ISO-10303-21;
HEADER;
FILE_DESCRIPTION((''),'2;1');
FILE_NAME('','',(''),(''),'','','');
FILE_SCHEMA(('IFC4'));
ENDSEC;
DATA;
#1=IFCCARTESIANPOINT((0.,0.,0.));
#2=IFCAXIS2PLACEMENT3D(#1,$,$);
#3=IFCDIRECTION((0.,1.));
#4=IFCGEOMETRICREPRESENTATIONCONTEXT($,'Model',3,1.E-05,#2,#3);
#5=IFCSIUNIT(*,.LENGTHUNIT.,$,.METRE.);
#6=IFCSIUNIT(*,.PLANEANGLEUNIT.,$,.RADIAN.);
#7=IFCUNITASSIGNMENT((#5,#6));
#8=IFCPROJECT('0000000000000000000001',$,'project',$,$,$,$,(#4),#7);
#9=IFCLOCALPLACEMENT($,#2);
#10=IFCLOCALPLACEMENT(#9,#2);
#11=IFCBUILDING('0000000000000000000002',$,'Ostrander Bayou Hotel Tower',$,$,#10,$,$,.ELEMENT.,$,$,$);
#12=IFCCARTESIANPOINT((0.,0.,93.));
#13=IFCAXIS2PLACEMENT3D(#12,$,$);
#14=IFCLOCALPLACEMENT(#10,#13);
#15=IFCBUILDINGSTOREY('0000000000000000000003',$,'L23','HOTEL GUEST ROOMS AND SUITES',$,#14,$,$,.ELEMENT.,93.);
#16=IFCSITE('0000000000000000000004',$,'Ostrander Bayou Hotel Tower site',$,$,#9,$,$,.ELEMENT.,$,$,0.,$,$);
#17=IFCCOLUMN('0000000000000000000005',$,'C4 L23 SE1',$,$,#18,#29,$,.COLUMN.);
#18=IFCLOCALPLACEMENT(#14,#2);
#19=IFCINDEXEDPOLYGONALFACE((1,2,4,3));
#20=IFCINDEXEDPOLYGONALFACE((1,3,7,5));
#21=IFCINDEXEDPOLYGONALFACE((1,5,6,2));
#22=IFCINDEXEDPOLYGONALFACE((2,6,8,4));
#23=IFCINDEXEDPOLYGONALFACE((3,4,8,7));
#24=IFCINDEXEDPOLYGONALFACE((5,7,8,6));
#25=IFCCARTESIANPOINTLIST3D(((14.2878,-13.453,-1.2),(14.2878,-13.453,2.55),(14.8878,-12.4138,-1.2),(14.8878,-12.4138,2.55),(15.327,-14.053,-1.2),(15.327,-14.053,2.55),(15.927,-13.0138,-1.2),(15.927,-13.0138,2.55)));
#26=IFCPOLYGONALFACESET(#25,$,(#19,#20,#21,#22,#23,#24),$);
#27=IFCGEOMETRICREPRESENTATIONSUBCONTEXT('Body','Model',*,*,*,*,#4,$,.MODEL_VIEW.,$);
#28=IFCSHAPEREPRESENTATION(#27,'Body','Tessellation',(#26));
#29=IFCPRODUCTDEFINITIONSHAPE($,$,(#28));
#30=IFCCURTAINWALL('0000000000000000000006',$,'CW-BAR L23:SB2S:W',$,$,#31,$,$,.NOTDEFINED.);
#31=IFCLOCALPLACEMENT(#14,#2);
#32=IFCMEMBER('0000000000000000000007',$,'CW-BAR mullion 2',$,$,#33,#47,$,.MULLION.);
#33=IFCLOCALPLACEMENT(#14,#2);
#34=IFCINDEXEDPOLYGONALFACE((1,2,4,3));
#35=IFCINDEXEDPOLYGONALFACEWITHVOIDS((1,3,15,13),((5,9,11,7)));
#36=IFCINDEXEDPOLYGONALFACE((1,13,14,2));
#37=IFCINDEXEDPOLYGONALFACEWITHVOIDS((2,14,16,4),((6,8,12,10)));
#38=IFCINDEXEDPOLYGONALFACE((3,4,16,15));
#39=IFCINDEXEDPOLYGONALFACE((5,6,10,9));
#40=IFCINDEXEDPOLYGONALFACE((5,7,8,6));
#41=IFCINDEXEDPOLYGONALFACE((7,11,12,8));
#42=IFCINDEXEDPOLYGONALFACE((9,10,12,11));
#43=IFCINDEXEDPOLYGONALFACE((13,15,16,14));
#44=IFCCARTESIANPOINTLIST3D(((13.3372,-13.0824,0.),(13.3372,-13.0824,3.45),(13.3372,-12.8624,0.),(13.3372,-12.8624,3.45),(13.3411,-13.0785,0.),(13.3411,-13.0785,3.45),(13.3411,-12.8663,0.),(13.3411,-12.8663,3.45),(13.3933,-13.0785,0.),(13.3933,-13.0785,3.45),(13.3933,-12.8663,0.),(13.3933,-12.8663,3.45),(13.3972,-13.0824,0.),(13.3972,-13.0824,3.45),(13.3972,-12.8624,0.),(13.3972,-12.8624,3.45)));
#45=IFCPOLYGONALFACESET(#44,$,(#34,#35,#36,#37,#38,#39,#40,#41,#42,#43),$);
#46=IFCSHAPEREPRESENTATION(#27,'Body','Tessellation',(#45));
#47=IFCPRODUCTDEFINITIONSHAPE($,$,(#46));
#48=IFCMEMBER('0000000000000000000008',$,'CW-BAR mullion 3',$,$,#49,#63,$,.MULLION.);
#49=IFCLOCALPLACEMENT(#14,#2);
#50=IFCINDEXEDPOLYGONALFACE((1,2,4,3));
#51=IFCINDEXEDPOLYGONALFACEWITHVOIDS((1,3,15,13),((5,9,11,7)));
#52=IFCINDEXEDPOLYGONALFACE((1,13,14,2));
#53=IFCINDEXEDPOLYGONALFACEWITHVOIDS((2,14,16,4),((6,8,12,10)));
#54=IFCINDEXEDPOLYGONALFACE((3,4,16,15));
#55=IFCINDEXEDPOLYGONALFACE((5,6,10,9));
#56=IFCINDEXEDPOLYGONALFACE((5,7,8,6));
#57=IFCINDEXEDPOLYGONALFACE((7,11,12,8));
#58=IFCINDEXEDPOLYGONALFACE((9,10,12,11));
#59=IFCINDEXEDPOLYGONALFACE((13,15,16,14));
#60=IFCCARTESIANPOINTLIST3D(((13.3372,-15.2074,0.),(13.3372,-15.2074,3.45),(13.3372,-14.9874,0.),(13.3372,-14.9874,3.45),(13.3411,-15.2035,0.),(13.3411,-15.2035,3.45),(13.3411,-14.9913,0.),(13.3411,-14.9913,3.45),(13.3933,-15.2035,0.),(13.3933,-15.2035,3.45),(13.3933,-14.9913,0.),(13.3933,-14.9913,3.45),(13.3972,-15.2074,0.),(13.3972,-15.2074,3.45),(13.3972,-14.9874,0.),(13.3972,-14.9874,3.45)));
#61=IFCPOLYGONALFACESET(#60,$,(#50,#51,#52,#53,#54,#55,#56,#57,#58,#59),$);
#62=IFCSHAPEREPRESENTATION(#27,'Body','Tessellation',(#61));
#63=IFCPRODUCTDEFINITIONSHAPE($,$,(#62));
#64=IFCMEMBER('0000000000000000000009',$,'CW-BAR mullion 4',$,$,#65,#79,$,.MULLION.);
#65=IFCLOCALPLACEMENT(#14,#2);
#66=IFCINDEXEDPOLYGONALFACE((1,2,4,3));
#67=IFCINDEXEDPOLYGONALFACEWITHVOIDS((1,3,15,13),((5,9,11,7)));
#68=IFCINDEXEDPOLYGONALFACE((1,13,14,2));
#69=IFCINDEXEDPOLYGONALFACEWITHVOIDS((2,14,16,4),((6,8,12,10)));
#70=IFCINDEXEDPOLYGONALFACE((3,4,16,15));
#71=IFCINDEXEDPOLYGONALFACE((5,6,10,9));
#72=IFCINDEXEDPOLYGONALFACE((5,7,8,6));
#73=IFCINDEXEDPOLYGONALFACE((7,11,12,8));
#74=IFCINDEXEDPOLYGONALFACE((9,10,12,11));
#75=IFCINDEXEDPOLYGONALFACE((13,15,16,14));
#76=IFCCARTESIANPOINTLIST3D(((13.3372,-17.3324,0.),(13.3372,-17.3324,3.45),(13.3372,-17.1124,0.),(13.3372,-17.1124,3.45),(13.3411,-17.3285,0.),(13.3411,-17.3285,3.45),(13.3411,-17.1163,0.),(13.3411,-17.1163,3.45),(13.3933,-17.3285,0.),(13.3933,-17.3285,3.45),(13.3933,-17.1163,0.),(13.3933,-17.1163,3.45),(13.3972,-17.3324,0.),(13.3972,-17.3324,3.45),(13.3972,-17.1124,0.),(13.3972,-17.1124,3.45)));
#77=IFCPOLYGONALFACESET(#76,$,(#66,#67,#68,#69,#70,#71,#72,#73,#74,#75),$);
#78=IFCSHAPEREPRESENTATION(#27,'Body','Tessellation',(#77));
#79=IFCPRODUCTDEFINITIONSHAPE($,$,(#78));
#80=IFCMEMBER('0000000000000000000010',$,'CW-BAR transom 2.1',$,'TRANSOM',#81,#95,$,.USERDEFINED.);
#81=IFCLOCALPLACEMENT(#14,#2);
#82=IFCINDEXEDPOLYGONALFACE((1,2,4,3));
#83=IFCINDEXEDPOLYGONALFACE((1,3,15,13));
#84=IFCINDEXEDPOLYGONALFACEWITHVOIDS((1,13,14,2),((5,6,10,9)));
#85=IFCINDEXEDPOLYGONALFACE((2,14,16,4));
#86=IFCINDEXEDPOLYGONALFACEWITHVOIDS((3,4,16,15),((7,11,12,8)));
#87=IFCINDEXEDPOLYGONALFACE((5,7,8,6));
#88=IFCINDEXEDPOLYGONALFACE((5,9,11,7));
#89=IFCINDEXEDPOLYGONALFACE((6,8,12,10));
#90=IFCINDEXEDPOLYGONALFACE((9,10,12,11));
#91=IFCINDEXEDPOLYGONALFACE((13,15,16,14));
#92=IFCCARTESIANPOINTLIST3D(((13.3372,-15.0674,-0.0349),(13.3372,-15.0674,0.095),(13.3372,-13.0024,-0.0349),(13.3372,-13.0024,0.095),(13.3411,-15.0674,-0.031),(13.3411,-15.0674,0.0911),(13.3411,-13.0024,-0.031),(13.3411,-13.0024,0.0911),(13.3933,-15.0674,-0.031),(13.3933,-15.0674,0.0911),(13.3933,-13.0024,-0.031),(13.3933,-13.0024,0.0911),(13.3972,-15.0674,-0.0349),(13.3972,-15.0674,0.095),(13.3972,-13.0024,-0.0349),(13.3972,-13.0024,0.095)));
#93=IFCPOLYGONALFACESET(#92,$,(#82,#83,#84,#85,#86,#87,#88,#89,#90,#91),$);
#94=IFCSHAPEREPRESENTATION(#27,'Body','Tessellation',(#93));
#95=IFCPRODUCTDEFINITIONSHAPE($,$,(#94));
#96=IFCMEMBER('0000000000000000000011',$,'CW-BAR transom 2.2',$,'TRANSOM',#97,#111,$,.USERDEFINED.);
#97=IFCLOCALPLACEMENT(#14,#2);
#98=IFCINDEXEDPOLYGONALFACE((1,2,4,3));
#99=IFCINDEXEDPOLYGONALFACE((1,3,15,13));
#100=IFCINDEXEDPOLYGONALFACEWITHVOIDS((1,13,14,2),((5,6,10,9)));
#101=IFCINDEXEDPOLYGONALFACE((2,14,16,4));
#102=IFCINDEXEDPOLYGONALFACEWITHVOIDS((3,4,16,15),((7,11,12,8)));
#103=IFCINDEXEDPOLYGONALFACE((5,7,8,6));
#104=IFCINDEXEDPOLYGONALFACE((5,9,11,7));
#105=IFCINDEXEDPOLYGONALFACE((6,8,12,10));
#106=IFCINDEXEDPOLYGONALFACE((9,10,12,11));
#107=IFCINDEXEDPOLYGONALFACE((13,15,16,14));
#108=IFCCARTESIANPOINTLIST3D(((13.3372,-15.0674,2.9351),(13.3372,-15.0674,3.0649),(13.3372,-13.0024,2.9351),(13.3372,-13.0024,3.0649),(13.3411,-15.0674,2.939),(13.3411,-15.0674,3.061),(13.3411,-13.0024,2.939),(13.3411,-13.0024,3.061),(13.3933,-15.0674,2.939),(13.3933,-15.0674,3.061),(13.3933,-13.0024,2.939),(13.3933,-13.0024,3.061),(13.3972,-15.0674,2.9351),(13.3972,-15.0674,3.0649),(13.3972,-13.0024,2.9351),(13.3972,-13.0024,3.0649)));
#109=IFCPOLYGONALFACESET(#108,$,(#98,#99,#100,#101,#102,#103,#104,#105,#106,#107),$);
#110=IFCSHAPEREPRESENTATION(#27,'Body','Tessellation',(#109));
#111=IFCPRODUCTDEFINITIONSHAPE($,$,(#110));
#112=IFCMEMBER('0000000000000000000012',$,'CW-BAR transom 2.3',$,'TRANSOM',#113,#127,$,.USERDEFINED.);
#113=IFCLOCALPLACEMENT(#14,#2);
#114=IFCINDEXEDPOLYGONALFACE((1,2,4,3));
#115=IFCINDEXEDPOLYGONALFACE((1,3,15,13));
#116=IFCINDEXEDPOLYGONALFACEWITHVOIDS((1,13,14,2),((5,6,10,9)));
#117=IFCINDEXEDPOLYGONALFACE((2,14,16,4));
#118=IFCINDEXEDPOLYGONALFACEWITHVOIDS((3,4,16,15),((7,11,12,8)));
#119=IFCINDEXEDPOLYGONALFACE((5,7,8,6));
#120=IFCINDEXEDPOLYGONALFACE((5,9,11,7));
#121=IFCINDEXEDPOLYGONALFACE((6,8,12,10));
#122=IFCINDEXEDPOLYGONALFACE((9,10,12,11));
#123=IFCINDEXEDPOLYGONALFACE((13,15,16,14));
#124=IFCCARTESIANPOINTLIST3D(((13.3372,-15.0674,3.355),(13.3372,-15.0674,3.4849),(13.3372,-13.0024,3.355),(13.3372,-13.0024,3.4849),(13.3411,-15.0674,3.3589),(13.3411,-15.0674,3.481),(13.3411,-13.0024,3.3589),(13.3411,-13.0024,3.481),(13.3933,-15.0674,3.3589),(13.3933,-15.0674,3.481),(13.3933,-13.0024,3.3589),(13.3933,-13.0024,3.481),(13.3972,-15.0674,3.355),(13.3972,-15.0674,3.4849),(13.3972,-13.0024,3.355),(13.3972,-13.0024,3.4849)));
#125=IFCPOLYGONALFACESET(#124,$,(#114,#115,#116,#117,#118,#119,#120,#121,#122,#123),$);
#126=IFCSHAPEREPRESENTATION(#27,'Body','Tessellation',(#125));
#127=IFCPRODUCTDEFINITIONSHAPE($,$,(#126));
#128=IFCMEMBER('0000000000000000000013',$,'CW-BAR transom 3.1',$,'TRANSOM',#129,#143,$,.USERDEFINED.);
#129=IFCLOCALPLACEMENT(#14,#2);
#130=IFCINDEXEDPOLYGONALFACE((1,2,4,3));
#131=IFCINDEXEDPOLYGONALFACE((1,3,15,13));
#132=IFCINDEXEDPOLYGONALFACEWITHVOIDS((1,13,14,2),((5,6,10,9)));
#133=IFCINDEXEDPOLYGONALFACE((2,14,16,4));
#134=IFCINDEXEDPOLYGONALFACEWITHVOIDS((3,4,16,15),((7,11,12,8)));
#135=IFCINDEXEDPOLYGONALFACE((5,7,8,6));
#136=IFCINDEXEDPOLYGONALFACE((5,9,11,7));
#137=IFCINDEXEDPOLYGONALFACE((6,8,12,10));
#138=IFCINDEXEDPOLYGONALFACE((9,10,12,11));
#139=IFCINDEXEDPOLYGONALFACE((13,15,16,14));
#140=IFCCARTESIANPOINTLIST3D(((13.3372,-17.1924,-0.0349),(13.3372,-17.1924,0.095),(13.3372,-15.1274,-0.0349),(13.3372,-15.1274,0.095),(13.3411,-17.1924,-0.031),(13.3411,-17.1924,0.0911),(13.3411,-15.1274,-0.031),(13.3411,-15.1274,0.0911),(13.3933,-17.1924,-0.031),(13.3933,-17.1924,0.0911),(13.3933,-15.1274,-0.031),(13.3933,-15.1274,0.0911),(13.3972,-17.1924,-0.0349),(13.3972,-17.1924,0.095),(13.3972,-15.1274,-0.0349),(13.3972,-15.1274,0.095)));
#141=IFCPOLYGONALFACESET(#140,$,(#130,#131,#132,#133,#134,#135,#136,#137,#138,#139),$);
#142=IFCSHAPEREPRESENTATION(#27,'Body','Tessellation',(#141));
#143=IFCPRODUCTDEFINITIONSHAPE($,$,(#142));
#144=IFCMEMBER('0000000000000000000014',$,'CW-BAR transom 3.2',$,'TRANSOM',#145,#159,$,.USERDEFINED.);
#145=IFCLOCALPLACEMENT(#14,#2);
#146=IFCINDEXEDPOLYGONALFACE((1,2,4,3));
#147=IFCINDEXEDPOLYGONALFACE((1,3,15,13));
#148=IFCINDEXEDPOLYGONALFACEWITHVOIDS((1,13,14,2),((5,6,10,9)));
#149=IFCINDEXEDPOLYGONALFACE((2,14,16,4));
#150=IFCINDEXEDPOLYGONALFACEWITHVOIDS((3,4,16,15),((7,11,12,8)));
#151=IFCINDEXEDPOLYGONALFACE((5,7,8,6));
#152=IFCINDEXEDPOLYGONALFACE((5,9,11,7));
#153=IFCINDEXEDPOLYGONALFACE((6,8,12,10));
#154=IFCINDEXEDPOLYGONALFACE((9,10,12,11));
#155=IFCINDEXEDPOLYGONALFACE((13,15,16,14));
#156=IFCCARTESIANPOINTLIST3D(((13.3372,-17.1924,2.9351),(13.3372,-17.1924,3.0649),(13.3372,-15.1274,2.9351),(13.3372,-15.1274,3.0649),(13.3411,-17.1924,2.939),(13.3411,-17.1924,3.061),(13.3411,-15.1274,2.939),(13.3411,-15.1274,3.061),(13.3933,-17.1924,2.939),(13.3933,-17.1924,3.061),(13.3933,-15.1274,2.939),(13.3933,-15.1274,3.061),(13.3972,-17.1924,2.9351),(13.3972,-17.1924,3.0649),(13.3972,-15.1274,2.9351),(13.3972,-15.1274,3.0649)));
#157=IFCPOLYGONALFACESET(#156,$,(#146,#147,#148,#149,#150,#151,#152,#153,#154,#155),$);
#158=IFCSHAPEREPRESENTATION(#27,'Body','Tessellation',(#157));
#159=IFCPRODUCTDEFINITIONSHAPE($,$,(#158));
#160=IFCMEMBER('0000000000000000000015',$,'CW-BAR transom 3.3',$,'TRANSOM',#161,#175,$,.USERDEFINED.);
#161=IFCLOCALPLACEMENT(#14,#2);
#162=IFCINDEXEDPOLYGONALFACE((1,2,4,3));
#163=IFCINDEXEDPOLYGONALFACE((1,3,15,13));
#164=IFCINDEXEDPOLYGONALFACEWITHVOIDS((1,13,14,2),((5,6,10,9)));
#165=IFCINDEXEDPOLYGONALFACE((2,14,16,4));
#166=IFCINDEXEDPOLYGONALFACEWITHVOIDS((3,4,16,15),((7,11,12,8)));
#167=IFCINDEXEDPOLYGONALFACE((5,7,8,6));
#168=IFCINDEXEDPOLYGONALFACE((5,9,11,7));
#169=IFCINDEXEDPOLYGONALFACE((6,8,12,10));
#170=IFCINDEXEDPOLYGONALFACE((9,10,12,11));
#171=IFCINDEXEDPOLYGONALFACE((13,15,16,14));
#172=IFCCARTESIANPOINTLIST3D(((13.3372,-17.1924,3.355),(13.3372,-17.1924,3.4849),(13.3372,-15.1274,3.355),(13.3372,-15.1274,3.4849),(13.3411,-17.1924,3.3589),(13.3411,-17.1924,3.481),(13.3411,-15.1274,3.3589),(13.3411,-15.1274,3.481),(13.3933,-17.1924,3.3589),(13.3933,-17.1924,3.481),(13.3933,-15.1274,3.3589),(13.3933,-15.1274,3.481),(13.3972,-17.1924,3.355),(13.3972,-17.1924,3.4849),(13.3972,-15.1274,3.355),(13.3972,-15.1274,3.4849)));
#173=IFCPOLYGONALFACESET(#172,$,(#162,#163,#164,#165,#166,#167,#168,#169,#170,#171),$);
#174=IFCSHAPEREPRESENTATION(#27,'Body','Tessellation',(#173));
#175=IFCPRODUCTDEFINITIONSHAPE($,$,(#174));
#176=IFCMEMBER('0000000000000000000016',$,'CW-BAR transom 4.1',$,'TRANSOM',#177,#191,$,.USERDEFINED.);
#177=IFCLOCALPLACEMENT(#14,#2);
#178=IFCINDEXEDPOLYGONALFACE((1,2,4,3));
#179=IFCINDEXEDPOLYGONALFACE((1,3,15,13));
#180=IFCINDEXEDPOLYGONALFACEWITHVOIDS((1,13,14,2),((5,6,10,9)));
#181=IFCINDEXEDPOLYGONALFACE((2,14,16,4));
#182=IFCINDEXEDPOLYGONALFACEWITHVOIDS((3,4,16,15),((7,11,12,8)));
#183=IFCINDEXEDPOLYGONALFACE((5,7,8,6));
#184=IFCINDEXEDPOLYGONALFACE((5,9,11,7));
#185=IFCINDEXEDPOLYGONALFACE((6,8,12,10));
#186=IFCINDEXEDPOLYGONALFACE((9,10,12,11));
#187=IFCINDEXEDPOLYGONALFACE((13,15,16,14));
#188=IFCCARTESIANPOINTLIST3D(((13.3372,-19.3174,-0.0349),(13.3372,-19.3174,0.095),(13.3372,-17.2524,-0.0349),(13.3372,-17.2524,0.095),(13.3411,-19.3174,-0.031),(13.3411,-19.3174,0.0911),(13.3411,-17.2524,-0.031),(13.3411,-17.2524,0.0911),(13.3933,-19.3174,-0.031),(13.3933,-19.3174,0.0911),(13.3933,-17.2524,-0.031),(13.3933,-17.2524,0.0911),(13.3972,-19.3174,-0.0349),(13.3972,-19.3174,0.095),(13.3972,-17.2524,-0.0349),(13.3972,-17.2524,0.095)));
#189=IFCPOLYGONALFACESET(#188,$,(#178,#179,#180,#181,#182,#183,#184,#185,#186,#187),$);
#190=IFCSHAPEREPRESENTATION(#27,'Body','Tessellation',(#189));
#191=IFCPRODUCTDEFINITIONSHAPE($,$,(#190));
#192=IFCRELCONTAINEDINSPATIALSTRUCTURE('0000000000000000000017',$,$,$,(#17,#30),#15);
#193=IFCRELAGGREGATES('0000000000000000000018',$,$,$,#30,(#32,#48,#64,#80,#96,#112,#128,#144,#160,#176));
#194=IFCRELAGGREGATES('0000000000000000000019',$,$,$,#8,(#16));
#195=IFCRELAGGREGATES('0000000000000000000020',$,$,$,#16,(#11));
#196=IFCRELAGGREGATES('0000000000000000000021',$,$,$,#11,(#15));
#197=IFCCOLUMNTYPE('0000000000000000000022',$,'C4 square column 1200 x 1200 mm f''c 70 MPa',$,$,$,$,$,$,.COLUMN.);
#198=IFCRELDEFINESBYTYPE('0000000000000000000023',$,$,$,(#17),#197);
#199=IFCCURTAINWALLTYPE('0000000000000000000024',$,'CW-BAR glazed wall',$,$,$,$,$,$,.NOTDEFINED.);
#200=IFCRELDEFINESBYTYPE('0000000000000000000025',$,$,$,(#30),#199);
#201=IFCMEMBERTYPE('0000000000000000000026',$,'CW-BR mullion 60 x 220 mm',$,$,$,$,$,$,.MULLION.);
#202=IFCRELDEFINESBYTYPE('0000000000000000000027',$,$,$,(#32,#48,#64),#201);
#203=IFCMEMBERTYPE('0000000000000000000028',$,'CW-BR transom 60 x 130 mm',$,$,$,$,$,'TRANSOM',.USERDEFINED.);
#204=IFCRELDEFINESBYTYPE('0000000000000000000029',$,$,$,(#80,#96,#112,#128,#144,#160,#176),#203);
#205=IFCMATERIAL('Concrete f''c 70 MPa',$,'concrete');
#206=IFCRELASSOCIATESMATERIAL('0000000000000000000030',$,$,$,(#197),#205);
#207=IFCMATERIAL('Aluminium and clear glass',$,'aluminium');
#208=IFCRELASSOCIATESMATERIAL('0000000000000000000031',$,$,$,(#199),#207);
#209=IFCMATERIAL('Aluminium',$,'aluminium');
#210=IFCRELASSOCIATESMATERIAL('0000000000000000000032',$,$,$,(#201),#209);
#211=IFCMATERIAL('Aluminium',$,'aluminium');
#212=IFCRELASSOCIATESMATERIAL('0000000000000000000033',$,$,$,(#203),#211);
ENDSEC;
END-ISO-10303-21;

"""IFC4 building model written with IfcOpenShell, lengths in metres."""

from ifc_helpers import new_model, si_unit, direction, frame, origin, origin_2d, place, context, subcontext, project, spatial, rectangle, hollow_rectangle, extrude, material, material_profile, profile_set, type_object, element, aggregate, save


model = new_model("IFC4")

# Units and contexts
model_context = context("Model", 3, precision=1e-05, world=origin(), true_north=direction((0.0, 1.0)))
body_context = subcontext(model_context, "Body", "Model", "MODEL_VIEW")
ifc_project = project(units=[si_unit("LENGTHUNIT", "METRE"), si_unit("PLANEANGLEUNIT", "RADIAN")], contexts=[model_context])

# Site, building, storey
site_placement = place(None, origin())
site = spatial("IfcSite", under=ifc_project, at=site_placement, Name="Ostrander Bayou Hotel Tower site", CompositionType="ELEMENT", RefElevation=0.0)
building_placement = place(site_placement, origin())
building = spatial("IfcBuilding", under=site, at=building_placement, Name="Ostrander Bayou Hotel Tower", CompositionType="ELEMENT")
storey_placement = place(building_placement, frame((0.0, 0.0, 93.0)))
storey = spatial("IfcBuildingStorey", under=building, at=storey_placement, Name="L23", Description="HOTEL GUEST ROOMS AND SUITES", CompositionType="ELEMENT", Elevation=93.0)

# Column
ifc_material_1 = material(Name="Concrete f'c 70 MPa", Category="concrete")
ifc_material_profile_1 = material_profile(ifc_material_1, rectangle(XDim=1.2, YDim=1.2, at=origin_2d()))
ifc_profile_set_1 = profile_set([ifc_material_profile_1], Name="Concrete f'c 70 MPa")
column_type = type_object("IfcColumnType", Name="C4 square column 1200 x 1200 mm f'c 70 MPa", PredefinedType="COLUMN", material=ifc_profile_set_1)
column_placement = place(storey_placement, frame((15.1074, -13.2334, -1.2), z_axis=(0.0, 0.0, 1.0), x_axis=(-0.5, -0.866025, 0.0)))
element("IfcColumn", 1, at=column_placement, inside=storey, type_object=column_type, Name="C4 L23 SE1", PredefinedType="COLUMN", context=body_context, shape_type="SweptSolid", body=[
    extrude(rectangle(XDim=1.2, YDim=1.2, at=origin_2d()), origin(), (0.0, 0.0, 1.0), 3.75),
])

# Curtain wall, members
ifc_material_2 = material(Name="Aluminium and clear glass", Category="aluminium")
curtain_wall_type = type_object("IfcCurtainWallType", Name="CW-BAR glazed wall", PredefinedType="NOTDEFINED", material=ifc_material_2)
curtain_wall_placement = place(storey_placement, origin())
curtain_wall = element("IfcCurtainWall", 2, at=curtain_wall_placement, inside=storey, type_object=curtain_wall_type, Name="CW-BAR L23:SB2S:W", PredefinedType="NOTDEFINED")
ifc_material_3 = material(Name="Aluminium", Category="aluminium")
ifc_material_profile_2 = material_profile(ifc_material_3, hollow_rectangle(XDim=0.0601, YDim=0.22, WallThickness=0.0039, at=origin_2d()))
ifc_profile_set_2 = profile_set([ifc_material_profile_2], Name="Aluminium")
member_type_1 = type_object("IfcMemberType", Name="CW-BR mullion 60 x 220 mm", PredefinedType="MULLION", material=ifc_profile_set_2)
member_1_placement = place(storey_placement, frame((13.3672, -12.9724, 0.0), z_axis=(0.0, 0.0, 1.0), x_axis=(1.0, 0.0, 0.0)))
member_1 = element("IfcMember", 3, at=member_1_placement, type_object=member_type_1, Name="CW-BAR mullion 2", PredefinedType="MULLION", context=body_context, shape_type="SweptSolid", body=[
    extrude(hollow_rectangle(XDim=0.0601, YDim=0.22, WallThickness=0.0039, at=origin_2d()), origin(), (0.0, 0.0, 1.0), 3.45),
])
member_2_placement = place(storey_placement, frame((13.3672, -15.0974, 0.0), z_axis=(0.0, 0.0, 1.0), x_axis=(1.0, 0.0, 0.0)))
member_2 = element("IfcMember", 4, at=member_2_placement, type_object=member_type_1, Name="CW-BAR mullion 3", PredefinedType="MULLION", context=body_context, shape_type="SweptSolid", body=[
    extrude(hollow_rectangle(XDim=0.0601, YDim=0.22, WallThickness=0.0039, at=origin_2d()), origin(), (0.0, 0.0, 1.0), 3.45),
])
member_3_placement = place(storey_placement, frame((13.3672, -17.2224, 0.0), z_axis=(0.0, 0.0, 1.0), x_axis=(1.0, 0.0, 0.0)))
member_3 = element("IfcMember", 5, at=member_3_placement, type_object=member_type_1, Name="CW-BAR mullion 4", PredefinedType="MULLION", context=body_context, shape_type="SweptSolid", body=[
    extrude(hollow_rectangle(XDim=0.0601, YDim=0.22, WallThickness=0.0039, at=origin_2d()), origin(), (0.0, 0.0, 1.0), 3.45),
])
ifc_material_4 = material(Name="Aluminium", Category="aluminium")
ifc_material_profile_3 = material_profile(ifc_material_4, hollow_rectangle(XDim=0.0601, YDim=0.1299, WallThickness=0.0039, at=origin_2d()))
ifc_profile_set_3 = profile_set([ifc_material_profile_3], Name="Aluminium")
member_type_2 = type_object("IfcMemberType", Name="CW-BR transom 60 x 130 mm", ElementType="TRANSOM", PredefinedType="USERDEFINED", material=ifc_profile_set_3)
member_4_placement = place(storey_placement, frame((13.3672, -13.0024, 0.03), z_axis=(0.0, -1.0, 0.0), x_axis=(1.0, 0.0, 0.0)))
member_4 = element("IfcMember", 6, at=member_4_placement, type_object=member_type_2, Name="CW-BAR transom 2.1", ObjectType="TRANSOM", PredefinedType="USERDEFINED", context=body_context, shape_type="SweptSolid", body=[
    extrude(hollow_rectangle(XDim=0.0601, YDim=0.1299, WallThickness=0.0039, at=origin_2d()), origin(), (0.0, 0.0, 1.0), 2.0649),
])
member_5_placement = place(storey_placement, frame((13.3672, -13.0024, 3.0), z_axis=(0.0, -1.0, 0.0), x_axis=(1.0, 0.0, 0.0)))
member_5 = element("IfcMember", 7, at=member_5_placement, type_object=member_type_2, Name="CW-BAR transom 2.2", ObjectType="TRANSOM", PredefinedType="USERDEFINED", context=body_context, shape_type="SweptSolid", body=[
    extrude(hollow_rectangle(XDim=0.0601, YDim=0.1299, WallThickness=0.0039, at=origin_2d()), origin(), (0.0, 0.0, 1.0), 2.0649),
])
member_6_placement = place(storey_placement, frame((13.3672, -13.0024, 3.4199), z_axis=(0.0, -1.0, 0.0), x_axis=(1.0, 0.0, 0.0)))
member_6 = element("IfcMember", 8, at=member_6_placement, type_object=member_type_2, Name="CW-BAR transom 2.3", ObjectType="TRANSOM", PredefinedType="USERDEFINED", context=body_context, shape_type="SweptSolid", body=[
    extrude(hollow_rectangle(XDim=0.0601, YDim=0.1299, WallThickness=0.0039, at=origin_2d()), origin(), (0.0, 0.0, 1.0), 2.0649),
])
member_7_placement = place(storey_placement, frame((13.3672, -15.1274, 0.03), z_axis=(0.0, -1.0, 0.0), x_axis=(1.0, 0.0, 0.0)))
member_7 = element("IfcMember", 9, at=member_7_placement, type_object=member_type_2, Name="CW-BAR transom 3.1", ObjectType="TRANSOM", PredefinedType="USERDEFINED", context=body_context, shape_type="SweptSolid", body=[
    extrude(hollow_rectangle(XDim=0.0601, YDim=0.1299, WallThickness=0.0039, at=origin_2d()), origin(), (0.0, 0.0, 1.0), 2.0649),
])
member_8_placement = place(storey_placement, frame((13.3672, -15.1274, 3.0), z_axis=(0.0, -1.0, 0.0), x_axis=(1.0, 0.0, 0.0)))
member_8 = element("IfcMember", 10, at=member_8_placement, type_object=member_type_2, Name="CW-BAR transom 3.2", ObjectType="TRANSOM", PredefinedType="USERDEFINED", context=body_context, shape_type="SweptSolid", body=[
    extrude(hollow_rectangle(XDim=0.0601, YDim=0.1299, WallThickness=0.0039, at=origin_2d()), origin(), (0.0, 0.0, 1.0), 2.0649),
])
member_9_placement = place(storey_placement, frame((13.3672, -15.1274, 3.4199), z_axis=(0.0, -1.0, 0.0), x_axis=(1.0, 0.0, 0.0)))
member_9 = element("IfcMember", 11, at=member_9_placement, type_object=member_type_2, Name="CW-BAR transom 3.3", ObjectType="TRANSOM", PredefinedType="USERDEFINED", context=body_context, shape_type="SweptSolid", body=[
    extrude(hollow_rectangle(XDim=0.0601, YDim=0.1299, WallThickness=0.0039, at=origin_2d()), origin(), (0.0, 0.0, 1.0), 2.0649),
])
member_10_placement = place(storey_placement, frame((13.3672, -17.2524, 0.03), z_axis=(0.0, -1.0, 0.0), x_axis=(1.0, 0.0, 0.0)))
member_10 = element("IfcMember", 12, at=member_10_placement, type_object=member_type_2, Name="CW-BAR transom 4.1", ObjectType="TRANSOM", PredefinedType="USERDEFINED", context=body_context, shape_type="SweptSolid", body=[
    extrude(hollow_rectangle(XDim=0.0601, YDim=0.1299, WallThickness=0.0039, at=origin_2d()), origin(), (0.0, 0.0, 1.0), 2.0649),
])

aggregate(curtain_wall, [member_1, member_2, member_3, member_4, member_5, member_6, member_7, member_8, member_9, member_10])

save(model, "model.ifc")
